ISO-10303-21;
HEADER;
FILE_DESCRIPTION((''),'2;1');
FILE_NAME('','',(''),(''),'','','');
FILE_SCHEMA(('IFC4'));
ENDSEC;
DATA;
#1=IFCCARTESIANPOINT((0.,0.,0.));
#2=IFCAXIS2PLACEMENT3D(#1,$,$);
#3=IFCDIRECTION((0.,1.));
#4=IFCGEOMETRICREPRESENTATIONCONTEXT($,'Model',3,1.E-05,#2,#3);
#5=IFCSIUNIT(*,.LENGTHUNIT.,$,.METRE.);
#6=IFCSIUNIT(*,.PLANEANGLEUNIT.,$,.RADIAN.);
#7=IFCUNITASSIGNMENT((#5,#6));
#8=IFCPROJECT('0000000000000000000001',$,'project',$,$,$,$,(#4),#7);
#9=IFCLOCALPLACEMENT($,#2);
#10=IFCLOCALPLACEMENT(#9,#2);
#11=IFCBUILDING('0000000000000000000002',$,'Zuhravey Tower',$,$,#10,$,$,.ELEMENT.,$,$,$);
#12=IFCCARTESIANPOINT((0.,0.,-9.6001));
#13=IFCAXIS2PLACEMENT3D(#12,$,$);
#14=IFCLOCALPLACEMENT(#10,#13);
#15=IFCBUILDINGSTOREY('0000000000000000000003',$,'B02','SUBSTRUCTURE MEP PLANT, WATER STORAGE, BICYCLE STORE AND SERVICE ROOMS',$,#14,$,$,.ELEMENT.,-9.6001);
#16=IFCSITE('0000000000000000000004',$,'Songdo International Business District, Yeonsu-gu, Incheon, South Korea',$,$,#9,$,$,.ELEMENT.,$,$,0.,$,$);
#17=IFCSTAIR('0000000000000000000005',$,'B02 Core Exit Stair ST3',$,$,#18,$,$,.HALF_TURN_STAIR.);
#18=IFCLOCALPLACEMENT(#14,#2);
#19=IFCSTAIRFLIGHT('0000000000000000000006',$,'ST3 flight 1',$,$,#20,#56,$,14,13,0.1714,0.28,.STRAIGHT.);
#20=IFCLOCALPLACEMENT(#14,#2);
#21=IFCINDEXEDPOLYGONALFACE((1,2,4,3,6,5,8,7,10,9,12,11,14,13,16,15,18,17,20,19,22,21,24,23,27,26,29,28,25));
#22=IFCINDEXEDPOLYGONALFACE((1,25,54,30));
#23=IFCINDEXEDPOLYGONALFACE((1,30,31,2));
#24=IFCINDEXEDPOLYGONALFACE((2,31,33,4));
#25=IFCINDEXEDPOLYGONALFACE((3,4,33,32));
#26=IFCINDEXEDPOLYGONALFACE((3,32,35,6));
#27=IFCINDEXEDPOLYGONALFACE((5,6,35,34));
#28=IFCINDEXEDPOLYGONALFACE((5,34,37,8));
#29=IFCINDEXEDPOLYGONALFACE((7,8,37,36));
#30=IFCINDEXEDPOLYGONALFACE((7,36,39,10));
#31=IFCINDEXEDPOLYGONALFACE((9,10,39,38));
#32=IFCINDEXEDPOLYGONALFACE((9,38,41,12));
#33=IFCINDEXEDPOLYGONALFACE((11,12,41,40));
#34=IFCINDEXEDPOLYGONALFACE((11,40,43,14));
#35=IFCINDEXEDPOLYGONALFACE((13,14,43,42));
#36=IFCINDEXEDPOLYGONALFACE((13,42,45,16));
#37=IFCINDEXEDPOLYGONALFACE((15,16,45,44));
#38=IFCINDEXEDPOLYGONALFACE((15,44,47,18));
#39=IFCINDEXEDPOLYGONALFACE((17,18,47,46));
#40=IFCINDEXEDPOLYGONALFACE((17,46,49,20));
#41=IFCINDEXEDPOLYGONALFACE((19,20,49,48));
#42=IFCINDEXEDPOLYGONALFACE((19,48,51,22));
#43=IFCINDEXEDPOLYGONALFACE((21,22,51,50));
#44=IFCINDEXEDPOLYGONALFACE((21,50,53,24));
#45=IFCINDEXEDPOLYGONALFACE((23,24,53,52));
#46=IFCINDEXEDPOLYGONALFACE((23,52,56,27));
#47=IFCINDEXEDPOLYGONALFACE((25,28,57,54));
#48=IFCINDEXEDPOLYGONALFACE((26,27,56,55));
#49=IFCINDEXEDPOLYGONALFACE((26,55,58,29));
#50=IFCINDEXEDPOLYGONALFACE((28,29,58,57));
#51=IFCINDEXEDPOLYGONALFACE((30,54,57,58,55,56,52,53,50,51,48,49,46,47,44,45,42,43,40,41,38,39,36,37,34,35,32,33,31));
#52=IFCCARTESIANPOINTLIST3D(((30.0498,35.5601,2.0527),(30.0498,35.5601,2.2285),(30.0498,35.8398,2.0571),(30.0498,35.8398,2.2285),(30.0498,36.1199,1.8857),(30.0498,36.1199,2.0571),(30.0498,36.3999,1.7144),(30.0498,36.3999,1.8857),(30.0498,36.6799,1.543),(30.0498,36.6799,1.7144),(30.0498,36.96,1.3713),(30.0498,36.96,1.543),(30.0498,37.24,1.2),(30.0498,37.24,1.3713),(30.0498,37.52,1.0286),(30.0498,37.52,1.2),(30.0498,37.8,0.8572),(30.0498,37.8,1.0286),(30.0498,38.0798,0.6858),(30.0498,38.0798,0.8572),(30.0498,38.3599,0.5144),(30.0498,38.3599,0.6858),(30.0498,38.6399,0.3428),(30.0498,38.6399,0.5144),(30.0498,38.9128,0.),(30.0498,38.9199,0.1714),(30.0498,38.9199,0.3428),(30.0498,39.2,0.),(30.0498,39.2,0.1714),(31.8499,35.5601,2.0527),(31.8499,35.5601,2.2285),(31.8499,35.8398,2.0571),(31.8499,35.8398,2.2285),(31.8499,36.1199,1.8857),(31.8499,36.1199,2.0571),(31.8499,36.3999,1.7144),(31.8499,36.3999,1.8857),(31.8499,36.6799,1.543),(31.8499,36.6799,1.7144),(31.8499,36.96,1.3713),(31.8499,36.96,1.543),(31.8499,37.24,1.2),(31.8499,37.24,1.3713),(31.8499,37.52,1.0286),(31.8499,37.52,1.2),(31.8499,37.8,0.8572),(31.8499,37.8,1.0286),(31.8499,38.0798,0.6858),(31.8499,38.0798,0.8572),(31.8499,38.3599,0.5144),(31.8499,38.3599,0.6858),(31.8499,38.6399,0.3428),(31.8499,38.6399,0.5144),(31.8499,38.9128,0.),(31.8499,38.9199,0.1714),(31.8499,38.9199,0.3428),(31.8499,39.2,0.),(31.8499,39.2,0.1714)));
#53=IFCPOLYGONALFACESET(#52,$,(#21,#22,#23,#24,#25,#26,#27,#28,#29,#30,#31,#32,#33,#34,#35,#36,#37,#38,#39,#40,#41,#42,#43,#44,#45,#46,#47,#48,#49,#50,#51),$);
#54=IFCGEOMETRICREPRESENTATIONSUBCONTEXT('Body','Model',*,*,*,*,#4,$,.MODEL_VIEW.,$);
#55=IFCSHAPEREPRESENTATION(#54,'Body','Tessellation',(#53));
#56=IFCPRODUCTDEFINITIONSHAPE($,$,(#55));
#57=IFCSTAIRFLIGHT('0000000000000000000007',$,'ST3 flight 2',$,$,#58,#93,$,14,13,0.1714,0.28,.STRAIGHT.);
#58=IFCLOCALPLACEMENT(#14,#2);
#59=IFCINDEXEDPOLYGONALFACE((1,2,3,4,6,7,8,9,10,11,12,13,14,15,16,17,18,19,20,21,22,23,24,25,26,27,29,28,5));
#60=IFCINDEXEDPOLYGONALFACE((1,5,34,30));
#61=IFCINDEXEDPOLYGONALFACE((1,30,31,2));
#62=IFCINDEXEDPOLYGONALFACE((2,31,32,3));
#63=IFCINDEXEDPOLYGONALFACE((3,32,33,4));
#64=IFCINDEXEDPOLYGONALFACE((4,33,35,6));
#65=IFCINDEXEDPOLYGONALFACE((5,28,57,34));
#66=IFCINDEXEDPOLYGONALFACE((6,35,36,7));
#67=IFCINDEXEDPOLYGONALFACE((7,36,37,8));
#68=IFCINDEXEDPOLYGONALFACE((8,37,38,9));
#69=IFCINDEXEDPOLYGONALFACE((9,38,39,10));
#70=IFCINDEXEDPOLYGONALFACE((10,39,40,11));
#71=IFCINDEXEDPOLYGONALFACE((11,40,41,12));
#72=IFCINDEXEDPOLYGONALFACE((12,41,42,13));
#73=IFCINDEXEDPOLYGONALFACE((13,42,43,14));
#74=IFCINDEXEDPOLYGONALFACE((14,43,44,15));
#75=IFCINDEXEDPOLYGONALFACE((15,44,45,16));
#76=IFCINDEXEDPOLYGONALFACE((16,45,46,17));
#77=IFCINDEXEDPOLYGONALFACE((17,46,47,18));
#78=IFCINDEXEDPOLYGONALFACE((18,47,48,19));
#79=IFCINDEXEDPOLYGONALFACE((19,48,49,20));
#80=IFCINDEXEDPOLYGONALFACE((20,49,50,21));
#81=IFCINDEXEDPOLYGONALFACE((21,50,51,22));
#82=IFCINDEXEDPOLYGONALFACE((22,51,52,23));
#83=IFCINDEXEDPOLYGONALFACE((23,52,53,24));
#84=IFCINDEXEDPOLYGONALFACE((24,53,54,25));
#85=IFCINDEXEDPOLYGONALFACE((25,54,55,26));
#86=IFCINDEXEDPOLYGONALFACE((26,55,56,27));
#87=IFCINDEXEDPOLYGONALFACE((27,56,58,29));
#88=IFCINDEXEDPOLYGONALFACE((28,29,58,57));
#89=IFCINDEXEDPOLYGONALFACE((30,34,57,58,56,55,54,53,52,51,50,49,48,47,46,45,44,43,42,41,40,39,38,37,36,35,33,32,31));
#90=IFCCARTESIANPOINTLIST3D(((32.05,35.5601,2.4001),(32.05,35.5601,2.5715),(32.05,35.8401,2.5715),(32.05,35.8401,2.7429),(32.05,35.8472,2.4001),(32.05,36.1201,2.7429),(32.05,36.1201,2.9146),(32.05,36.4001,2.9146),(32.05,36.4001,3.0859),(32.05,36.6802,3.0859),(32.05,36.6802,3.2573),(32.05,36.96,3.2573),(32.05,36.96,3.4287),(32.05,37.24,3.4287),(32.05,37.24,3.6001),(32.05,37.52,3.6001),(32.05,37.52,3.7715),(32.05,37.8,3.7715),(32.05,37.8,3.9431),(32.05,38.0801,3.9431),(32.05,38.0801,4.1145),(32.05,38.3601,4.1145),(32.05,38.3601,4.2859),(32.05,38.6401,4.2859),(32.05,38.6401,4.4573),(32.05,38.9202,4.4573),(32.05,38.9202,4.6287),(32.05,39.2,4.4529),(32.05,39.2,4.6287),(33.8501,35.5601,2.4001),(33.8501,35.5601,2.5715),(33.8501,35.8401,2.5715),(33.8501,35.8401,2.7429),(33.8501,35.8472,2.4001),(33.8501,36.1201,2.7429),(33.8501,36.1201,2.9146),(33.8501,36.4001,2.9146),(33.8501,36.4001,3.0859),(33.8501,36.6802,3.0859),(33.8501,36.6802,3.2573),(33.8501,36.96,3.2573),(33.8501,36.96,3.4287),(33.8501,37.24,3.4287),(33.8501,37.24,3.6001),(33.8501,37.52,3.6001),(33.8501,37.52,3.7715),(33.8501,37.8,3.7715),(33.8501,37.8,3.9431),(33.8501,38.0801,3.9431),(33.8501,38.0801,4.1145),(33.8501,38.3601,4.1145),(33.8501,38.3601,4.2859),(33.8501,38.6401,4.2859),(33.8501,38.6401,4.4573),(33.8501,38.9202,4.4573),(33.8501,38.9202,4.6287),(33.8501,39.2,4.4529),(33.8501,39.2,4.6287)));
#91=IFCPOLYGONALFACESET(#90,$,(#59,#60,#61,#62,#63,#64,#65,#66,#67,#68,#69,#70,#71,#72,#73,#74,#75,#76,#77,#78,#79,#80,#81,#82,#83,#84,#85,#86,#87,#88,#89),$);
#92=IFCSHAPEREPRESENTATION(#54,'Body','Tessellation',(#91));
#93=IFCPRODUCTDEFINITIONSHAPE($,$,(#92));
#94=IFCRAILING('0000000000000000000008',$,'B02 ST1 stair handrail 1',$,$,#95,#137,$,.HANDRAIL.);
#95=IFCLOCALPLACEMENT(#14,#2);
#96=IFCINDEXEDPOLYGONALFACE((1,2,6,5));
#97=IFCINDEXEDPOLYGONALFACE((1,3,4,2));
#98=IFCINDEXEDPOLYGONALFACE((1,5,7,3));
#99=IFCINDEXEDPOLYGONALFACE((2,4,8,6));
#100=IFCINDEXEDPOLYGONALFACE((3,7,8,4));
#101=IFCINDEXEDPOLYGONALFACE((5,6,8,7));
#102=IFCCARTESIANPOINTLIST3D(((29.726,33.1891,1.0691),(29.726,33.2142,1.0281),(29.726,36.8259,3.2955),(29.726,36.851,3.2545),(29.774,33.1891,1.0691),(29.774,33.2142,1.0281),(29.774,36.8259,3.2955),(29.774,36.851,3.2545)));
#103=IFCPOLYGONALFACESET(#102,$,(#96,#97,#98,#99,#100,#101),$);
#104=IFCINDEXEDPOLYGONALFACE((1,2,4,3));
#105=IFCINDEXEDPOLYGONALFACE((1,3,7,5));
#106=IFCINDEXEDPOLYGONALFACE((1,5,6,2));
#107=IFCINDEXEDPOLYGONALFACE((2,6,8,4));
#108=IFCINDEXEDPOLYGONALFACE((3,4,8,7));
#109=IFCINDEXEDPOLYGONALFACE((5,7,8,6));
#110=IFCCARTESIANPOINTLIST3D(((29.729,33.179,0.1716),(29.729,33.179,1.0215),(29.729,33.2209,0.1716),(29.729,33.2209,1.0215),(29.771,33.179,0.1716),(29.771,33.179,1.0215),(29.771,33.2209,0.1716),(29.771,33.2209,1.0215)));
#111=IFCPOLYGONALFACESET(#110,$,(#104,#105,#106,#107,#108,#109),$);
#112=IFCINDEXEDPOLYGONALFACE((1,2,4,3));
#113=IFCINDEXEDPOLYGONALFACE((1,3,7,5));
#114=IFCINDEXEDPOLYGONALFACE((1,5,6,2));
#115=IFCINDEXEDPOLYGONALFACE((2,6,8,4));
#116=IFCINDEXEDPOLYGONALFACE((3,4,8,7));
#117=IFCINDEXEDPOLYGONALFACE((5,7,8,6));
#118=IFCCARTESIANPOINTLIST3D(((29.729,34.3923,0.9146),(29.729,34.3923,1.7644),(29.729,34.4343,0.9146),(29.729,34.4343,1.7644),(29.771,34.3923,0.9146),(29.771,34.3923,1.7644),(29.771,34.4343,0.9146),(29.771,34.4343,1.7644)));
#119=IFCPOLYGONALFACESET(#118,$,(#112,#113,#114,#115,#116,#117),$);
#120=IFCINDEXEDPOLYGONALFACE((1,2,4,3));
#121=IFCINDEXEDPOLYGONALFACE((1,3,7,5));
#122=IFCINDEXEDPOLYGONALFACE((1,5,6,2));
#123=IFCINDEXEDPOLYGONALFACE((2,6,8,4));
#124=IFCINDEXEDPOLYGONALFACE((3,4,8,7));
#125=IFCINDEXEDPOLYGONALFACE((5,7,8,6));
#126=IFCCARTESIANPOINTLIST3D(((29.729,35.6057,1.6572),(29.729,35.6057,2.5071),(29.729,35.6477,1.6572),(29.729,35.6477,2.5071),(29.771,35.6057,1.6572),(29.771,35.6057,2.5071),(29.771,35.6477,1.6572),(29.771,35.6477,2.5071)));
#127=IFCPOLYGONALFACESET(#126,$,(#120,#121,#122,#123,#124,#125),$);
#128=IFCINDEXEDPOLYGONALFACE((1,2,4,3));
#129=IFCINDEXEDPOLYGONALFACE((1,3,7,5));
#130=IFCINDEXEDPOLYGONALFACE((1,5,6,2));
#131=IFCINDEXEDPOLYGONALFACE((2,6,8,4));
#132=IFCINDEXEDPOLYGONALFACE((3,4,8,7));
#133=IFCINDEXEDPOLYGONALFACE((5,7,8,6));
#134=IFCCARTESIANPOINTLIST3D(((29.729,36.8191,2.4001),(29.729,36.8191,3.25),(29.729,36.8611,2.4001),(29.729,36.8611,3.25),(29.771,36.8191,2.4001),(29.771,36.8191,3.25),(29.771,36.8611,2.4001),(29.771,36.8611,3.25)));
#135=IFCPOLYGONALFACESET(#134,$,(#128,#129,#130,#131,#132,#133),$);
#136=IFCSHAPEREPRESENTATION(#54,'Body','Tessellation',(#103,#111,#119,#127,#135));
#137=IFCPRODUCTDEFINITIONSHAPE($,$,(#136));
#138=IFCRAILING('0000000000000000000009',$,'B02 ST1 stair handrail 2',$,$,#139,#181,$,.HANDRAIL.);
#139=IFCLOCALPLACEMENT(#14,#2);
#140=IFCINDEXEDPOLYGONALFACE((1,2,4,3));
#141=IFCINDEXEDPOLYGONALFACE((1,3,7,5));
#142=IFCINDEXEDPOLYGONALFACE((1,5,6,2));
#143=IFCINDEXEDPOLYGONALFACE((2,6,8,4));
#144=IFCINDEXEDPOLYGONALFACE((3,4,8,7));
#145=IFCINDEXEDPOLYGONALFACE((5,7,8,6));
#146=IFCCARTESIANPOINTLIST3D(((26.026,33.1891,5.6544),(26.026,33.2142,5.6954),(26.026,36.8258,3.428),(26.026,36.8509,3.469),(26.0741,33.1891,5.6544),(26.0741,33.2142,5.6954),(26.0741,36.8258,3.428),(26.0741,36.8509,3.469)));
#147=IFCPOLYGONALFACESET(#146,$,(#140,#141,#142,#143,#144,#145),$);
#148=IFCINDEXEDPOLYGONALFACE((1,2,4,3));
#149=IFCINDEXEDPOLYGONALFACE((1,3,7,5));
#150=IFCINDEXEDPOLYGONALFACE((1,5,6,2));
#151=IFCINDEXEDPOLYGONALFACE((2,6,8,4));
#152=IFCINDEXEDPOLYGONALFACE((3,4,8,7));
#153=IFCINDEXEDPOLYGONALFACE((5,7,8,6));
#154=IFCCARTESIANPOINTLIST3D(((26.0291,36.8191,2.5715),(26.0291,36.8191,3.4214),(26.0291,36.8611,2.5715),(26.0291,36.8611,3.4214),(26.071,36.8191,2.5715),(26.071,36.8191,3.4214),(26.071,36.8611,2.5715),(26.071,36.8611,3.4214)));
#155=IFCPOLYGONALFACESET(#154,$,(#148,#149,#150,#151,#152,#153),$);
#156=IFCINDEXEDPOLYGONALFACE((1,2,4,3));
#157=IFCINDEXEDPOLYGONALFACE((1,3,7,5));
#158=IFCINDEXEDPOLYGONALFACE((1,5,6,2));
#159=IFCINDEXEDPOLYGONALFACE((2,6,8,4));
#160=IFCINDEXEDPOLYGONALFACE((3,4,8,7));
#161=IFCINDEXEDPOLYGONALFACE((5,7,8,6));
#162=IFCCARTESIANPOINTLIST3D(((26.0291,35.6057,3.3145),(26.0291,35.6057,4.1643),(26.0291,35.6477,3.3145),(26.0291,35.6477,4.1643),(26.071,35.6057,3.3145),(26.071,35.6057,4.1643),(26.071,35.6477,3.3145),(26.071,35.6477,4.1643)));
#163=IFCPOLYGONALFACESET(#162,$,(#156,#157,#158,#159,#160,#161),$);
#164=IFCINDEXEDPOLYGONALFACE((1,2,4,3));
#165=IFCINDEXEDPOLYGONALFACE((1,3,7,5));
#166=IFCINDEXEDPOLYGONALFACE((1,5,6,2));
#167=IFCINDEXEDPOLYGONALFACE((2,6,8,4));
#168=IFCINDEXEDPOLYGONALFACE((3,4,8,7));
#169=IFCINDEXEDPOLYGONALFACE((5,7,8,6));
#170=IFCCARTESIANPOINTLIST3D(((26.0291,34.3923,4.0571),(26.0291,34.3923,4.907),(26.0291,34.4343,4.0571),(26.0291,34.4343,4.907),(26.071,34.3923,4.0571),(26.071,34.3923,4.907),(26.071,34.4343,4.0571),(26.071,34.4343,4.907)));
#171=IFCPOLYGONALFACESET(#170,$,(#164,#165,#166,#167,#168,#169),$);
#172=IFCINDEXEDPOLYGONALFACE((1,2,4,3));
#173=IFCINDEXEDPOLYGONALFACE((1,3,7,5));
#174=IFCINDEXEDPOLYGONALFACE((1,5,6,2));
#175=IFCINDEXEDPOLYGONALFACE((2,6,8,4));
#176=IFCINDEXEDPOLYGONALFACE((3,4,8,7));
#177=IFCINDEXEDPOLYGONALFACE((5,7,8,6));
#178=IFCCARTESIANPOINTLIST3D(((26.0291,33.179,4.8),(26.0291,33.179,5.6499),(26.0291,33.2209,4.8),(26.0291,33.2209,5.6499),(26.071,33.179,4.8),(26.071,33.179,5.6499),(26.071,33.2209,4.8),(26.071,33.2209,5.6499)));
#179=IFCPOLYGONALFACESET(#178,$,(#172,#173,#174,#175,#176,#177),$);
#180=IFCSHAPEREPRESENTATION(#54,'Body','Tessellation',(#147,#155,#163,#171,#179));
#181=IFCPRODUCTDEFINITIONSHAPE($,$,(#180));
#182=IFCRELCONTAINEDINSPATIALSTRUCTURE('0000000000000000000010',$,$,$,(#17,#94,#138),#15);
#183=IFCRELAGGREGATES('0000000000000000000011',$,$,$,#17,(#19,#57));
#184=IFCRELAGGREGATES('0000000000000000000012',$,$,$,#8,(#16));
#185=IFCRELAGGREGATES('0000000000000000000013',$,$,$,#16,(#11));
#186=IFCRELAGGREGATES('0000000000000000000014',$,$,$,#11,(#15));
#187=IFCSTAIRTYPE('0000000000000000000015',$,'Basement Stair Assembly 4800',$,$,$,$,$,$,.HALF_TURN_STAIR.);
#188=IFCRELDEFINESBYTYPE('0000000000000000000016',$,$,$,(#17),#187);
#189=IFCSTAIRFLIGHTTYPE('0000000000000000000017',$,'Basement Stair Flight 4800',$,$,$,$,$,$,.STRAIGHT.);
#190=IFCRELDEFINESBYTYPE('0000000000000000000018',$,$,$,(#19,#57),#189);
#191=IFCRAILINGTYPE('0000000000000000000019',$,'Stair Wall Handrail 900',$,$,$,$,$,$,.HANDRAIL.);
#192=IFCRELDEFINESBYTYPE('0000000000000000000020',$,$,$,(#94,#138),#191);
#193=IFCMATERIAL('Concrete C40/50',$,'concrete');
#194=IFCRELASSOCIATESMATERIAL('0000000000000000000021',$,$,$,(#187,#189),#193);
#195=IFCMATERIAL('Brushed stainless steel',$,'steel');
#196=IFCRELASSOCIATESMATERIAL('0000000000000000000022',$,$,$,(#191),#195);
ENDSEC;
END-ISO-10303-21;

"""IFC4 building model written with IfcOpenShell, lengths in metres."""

from ifc_helpers import new_model, si_unit, direction, frame, origin, origin_2d, place, context, subcontext, project, spatial, polyline, rectangle, outline, extrude, material, type_object, element, aggregate, save


model = new_model("IFC4")

# Units and contexts
model_context = context("Model", 3, precision=1e-05, world=origin(), true_north=direction((0.0, 1.0)))
body_context = subcontext(model_context, "Body", "Model", "MODEL_VIEW")
ifc_project = project(units=[si_unit("LENGTHUNIT", "METRE"), si_unit("PLANEANGLEUNIT", "RADIAN")], contexts=[model_context])

# Site, building, storey
site_placement = place(None, origin())
site = spatial("IfcSite", under=ifc_project, at=site_placement, Name="Songdo International Business District, Yeonsu-gu, Incheon, South Korea", CompositionType="ELEMENT", RefElevation=0.0)
building_placement = place(site_placement, origin())
building = spatial("IfcBuilding", under=site, at=building_placement, Name="Zuhravey Tower", CompositionType="ELEMENT")
storey_placement = place(building_placement, frame((0.0, 0.0, -9.6001)))
storey = spatial("IfcBuildingStorey", under=building, at=storey_placement, Name="B02", Description="SUBSTRUCTURE MEP PLANT, WATER STORAGE, BICYCLE STORE AND SERVICE ROOMS", CompositionType="ELEMENT", Elevation=-9.6001)

# Stair, stair flights
ifc_material_1 = material(Name="Concrete C40/50", Category="concrete")
stair_type = type_object("IfcStairType", Name="Basement Stair Assembly 4800", PredefinedType="HALF_TURN_STAIR", material=ifc_material_1)
stair_flight_type = type_object("IfcStairFlightType", Name="Basement Stair Flight 4800", PredefinedType="STRAIGHT", material=ifc_material_1)
stair_1_placement = place(storey_placement, origin())
stair_1 = element("IfcStair", 1, at=stair_1_placement, inside=storey, type_object=stair_type, Name="B02 Core Exit Stair ST3", PredefinedType="HALF_TURN_STAIR")
stair_flight_1_placement = place(storey_placement, frame((30.95, 39.2, 0.0), z_axis=(0.0, 0.0, 1.0), x_axis=(0.0, -1.0, 0.0)))
stair_flight_1 = element("IfcStairFlight", 2, at=stair_flight_1_placement, type_object=stair_flight_type, Name="ST3 flight 1", NumberOfRisers=14, NumberOfTreads=13, PredefinedType="STRAIGHT", RiserHeight=0.1714, TreadLength=0.28, context=body_context, shape_type="SweptSolid", body=[
    extrude(outline(polyline([(0.0, 0.0), (0.0, 0.1714), (0.28, 0.1714), (0.28, 0.3428), (0.5601, 0.3428), (0.5601, 0.5144), (0.8401, 0.5144), (0.8401, 0.6858), (1.1201, 0.6858), (1.1201, 0.8572), (1.3999, 0.8572), (1.3999, 1.0286), (1.6799, 1.0286), (1.6799, 1.2), (1.96, 1.2), (1.96, 1.3713), (2.24, 1.3713), (2.24, 1.543), (2.52, 1.543), (2.52, 1.7144), (2.8, 1.7144), (2.8, 1.8857), (3.0801, 1.8857), (3.0801, 2.0571), (3.3601, 2.0571), (3.3601, 2.2285), (3.6399, 2.2285), (3.6399, 2.3999), (3.6399, 2.0527), (0.2871, 0.0), (0.0, 0.0)])), frame((0.0, 0.8999, 0.0), z_axis=(0.0, -1.0, 0.0), x_axis=(1.0, 0.0, 0.0)), (0.0, 0.0, 1.0), 1.8),
])
stair_flight_2_placement = place(storey_placement, frame((32.95, 35.5601, 2.4001), z_axis=(0.0, 0.0, 1.0), x_axis=(0.0, 1.0, 0.0)))
stair_flight_2 = element("IfcStairFlight", 3, at=stair_flight_2_placement, type_object=stair_flight_type, Name="ST3 flight 2", NumberOfRisers=14, NumberOfTreads=13, PredefinedType="STRAIGHT", RiserHeight=0.1714, TreadLength=0.28, context=body_context, shape_type="SweptSolid", body=[
    extrude(outline(polyline([(0.0, 0.0), (0.0, 0.1714), (0.28, 0.1714), (0.28, 0.3428), (0.5601, 0.3428), (0.5601, 0.5144), (0.8401, 0.5144), (0.8401, 0.6858), (1.1201, 0.6858), (1.1201, 0.8572), (1.3999, 0.8572), (1.3999, 1.0286), (1.6799, 1.0286), (1.6799, 1.2), (1.96, 1.2), (1.96, 1.3713), (2.24, 1.3713), (2.24, 1.543), (2.52, 1.543), (2.52, 1.7144), (2.8, 1.7144), (2.8, 1.8857), (3.0801, 1.8857), (3.0801, 2.0571), (3.3601, 2.0571), (3.3601, 2.2285), (3.6399, 2.2285), (3.6399, 2.3999), (3.6399, 2.0527), (0.2871, 0.0), (0.0, 0.0)])), frame((0.0, 0.8999, 0.0), z_axis=(0.0, -1.0, 0.0), x_axis=(1.0, 0.0, 0.0)), (0.0, 0.0, 1.0), 1.8),
])
aggregate(stair_1, [stair_flight_1, stair_flight_2])

# Railings
ifc_material_2 = material(Name="Brushed stainless steel", Category="steel")
railing_type_1 = type_object("IfcRailingType", Name="Stair Wall Handrail 900", PredefinedType="HANDRAIL", material=ifc_material_2)
railing_1_placement = place(storey_placement, frame((29.75, 33.2, 0.1716)))
element("IfcRailing", 4, at=railing_1_placement, inside=storey, type_object=railing_type_1, Name="B02 ST1 stair handrail 1", PredefinedType="HANDRAIL", context=body_context, shape_type="SweptSolid", body=[
    extrude(rectangle(XDim=0.0481, YDim=0.0481, at=origin_2d()), frame((0.0, 0.0017, 0.877), z_axis=(0.0, 0.852866, 0.52213), x_axis=(-1.0, 0.0, 0.0)), (0.0, 0.0, 1.0), 4.2642),
    extrude(rectangle(XDim=0.042, YDim=0.042, at=origin_2d()), origin(), (0.0, 0.0, 1.0), 0.8499),
    extrude(rectangle(XDim=0.042, YDim=0.042, at=origin_2d()), frame((0.0, 1.2134, 0.7429)), (0.0, 0.0, 1.0), 0.8499),
    extrude(rectangle(XDim=0.042, YDim=0.042, at=origin_2d()), frame((0.0, 2.4268, 1.4856)), (0.0, 0.0, 1.0), 0.8499),
    extrude(rectangle(XDim=0.042, YDim=0.042, at=origin_2d()), frame((0.0, 3.6401, 2.2285)), (0.0, 0.0, 1.0), 0.8499),
])
railing_2_placement = place(storey_placement, frame((26.05, 36.8401, 2.5715)))
element("IfcRailing", 5, at=railing_2_placement, inside=storey, type_object=railing_type_1, Name="B02 ST1 stair handrail 2", PredefinedType="HANDRAIL", context=body_context, shape_type="SweptSolid", body=[
    extrude(rectangle(XDim=0.0481, YDim=0.0481, at=origin_2d()), frame((0.0, -0.0017, 0.877), z_axis=(0.0, -0.852866, 0.52213), x_axis=(1.0, 0.0, 0.0)), (0.0, 0.0, 1.0), 4.2642),
    extrude(rectangle(XDim=0.042, YDim=0.042, at=origin_2d()), origin(), (0.0, 0.0, 1.0), 0.8499),
    extrude(rectangle(XDim=0.042, YDim=0.042, at=origin_2d()), frame((0.0, -1.2134, 0.7429)), (0.0, 0.0, 1.0), 0.8499),
    extrude(rectangle(XDim=0.042, YDim=0.042, at=origin_2d()), frame((0.0, -2.4268, 1.4856)), (0.0, 0.0, 1.0), 0.8499),
    extrude(rectangle(XDim=0.042, YDim=0.042, at=origin_2d()), frame((0.0, -3.6401, 2.2285)), (0.0, 0.0, 1.0), 0.8499),
])

save(model, "model.ifc")
